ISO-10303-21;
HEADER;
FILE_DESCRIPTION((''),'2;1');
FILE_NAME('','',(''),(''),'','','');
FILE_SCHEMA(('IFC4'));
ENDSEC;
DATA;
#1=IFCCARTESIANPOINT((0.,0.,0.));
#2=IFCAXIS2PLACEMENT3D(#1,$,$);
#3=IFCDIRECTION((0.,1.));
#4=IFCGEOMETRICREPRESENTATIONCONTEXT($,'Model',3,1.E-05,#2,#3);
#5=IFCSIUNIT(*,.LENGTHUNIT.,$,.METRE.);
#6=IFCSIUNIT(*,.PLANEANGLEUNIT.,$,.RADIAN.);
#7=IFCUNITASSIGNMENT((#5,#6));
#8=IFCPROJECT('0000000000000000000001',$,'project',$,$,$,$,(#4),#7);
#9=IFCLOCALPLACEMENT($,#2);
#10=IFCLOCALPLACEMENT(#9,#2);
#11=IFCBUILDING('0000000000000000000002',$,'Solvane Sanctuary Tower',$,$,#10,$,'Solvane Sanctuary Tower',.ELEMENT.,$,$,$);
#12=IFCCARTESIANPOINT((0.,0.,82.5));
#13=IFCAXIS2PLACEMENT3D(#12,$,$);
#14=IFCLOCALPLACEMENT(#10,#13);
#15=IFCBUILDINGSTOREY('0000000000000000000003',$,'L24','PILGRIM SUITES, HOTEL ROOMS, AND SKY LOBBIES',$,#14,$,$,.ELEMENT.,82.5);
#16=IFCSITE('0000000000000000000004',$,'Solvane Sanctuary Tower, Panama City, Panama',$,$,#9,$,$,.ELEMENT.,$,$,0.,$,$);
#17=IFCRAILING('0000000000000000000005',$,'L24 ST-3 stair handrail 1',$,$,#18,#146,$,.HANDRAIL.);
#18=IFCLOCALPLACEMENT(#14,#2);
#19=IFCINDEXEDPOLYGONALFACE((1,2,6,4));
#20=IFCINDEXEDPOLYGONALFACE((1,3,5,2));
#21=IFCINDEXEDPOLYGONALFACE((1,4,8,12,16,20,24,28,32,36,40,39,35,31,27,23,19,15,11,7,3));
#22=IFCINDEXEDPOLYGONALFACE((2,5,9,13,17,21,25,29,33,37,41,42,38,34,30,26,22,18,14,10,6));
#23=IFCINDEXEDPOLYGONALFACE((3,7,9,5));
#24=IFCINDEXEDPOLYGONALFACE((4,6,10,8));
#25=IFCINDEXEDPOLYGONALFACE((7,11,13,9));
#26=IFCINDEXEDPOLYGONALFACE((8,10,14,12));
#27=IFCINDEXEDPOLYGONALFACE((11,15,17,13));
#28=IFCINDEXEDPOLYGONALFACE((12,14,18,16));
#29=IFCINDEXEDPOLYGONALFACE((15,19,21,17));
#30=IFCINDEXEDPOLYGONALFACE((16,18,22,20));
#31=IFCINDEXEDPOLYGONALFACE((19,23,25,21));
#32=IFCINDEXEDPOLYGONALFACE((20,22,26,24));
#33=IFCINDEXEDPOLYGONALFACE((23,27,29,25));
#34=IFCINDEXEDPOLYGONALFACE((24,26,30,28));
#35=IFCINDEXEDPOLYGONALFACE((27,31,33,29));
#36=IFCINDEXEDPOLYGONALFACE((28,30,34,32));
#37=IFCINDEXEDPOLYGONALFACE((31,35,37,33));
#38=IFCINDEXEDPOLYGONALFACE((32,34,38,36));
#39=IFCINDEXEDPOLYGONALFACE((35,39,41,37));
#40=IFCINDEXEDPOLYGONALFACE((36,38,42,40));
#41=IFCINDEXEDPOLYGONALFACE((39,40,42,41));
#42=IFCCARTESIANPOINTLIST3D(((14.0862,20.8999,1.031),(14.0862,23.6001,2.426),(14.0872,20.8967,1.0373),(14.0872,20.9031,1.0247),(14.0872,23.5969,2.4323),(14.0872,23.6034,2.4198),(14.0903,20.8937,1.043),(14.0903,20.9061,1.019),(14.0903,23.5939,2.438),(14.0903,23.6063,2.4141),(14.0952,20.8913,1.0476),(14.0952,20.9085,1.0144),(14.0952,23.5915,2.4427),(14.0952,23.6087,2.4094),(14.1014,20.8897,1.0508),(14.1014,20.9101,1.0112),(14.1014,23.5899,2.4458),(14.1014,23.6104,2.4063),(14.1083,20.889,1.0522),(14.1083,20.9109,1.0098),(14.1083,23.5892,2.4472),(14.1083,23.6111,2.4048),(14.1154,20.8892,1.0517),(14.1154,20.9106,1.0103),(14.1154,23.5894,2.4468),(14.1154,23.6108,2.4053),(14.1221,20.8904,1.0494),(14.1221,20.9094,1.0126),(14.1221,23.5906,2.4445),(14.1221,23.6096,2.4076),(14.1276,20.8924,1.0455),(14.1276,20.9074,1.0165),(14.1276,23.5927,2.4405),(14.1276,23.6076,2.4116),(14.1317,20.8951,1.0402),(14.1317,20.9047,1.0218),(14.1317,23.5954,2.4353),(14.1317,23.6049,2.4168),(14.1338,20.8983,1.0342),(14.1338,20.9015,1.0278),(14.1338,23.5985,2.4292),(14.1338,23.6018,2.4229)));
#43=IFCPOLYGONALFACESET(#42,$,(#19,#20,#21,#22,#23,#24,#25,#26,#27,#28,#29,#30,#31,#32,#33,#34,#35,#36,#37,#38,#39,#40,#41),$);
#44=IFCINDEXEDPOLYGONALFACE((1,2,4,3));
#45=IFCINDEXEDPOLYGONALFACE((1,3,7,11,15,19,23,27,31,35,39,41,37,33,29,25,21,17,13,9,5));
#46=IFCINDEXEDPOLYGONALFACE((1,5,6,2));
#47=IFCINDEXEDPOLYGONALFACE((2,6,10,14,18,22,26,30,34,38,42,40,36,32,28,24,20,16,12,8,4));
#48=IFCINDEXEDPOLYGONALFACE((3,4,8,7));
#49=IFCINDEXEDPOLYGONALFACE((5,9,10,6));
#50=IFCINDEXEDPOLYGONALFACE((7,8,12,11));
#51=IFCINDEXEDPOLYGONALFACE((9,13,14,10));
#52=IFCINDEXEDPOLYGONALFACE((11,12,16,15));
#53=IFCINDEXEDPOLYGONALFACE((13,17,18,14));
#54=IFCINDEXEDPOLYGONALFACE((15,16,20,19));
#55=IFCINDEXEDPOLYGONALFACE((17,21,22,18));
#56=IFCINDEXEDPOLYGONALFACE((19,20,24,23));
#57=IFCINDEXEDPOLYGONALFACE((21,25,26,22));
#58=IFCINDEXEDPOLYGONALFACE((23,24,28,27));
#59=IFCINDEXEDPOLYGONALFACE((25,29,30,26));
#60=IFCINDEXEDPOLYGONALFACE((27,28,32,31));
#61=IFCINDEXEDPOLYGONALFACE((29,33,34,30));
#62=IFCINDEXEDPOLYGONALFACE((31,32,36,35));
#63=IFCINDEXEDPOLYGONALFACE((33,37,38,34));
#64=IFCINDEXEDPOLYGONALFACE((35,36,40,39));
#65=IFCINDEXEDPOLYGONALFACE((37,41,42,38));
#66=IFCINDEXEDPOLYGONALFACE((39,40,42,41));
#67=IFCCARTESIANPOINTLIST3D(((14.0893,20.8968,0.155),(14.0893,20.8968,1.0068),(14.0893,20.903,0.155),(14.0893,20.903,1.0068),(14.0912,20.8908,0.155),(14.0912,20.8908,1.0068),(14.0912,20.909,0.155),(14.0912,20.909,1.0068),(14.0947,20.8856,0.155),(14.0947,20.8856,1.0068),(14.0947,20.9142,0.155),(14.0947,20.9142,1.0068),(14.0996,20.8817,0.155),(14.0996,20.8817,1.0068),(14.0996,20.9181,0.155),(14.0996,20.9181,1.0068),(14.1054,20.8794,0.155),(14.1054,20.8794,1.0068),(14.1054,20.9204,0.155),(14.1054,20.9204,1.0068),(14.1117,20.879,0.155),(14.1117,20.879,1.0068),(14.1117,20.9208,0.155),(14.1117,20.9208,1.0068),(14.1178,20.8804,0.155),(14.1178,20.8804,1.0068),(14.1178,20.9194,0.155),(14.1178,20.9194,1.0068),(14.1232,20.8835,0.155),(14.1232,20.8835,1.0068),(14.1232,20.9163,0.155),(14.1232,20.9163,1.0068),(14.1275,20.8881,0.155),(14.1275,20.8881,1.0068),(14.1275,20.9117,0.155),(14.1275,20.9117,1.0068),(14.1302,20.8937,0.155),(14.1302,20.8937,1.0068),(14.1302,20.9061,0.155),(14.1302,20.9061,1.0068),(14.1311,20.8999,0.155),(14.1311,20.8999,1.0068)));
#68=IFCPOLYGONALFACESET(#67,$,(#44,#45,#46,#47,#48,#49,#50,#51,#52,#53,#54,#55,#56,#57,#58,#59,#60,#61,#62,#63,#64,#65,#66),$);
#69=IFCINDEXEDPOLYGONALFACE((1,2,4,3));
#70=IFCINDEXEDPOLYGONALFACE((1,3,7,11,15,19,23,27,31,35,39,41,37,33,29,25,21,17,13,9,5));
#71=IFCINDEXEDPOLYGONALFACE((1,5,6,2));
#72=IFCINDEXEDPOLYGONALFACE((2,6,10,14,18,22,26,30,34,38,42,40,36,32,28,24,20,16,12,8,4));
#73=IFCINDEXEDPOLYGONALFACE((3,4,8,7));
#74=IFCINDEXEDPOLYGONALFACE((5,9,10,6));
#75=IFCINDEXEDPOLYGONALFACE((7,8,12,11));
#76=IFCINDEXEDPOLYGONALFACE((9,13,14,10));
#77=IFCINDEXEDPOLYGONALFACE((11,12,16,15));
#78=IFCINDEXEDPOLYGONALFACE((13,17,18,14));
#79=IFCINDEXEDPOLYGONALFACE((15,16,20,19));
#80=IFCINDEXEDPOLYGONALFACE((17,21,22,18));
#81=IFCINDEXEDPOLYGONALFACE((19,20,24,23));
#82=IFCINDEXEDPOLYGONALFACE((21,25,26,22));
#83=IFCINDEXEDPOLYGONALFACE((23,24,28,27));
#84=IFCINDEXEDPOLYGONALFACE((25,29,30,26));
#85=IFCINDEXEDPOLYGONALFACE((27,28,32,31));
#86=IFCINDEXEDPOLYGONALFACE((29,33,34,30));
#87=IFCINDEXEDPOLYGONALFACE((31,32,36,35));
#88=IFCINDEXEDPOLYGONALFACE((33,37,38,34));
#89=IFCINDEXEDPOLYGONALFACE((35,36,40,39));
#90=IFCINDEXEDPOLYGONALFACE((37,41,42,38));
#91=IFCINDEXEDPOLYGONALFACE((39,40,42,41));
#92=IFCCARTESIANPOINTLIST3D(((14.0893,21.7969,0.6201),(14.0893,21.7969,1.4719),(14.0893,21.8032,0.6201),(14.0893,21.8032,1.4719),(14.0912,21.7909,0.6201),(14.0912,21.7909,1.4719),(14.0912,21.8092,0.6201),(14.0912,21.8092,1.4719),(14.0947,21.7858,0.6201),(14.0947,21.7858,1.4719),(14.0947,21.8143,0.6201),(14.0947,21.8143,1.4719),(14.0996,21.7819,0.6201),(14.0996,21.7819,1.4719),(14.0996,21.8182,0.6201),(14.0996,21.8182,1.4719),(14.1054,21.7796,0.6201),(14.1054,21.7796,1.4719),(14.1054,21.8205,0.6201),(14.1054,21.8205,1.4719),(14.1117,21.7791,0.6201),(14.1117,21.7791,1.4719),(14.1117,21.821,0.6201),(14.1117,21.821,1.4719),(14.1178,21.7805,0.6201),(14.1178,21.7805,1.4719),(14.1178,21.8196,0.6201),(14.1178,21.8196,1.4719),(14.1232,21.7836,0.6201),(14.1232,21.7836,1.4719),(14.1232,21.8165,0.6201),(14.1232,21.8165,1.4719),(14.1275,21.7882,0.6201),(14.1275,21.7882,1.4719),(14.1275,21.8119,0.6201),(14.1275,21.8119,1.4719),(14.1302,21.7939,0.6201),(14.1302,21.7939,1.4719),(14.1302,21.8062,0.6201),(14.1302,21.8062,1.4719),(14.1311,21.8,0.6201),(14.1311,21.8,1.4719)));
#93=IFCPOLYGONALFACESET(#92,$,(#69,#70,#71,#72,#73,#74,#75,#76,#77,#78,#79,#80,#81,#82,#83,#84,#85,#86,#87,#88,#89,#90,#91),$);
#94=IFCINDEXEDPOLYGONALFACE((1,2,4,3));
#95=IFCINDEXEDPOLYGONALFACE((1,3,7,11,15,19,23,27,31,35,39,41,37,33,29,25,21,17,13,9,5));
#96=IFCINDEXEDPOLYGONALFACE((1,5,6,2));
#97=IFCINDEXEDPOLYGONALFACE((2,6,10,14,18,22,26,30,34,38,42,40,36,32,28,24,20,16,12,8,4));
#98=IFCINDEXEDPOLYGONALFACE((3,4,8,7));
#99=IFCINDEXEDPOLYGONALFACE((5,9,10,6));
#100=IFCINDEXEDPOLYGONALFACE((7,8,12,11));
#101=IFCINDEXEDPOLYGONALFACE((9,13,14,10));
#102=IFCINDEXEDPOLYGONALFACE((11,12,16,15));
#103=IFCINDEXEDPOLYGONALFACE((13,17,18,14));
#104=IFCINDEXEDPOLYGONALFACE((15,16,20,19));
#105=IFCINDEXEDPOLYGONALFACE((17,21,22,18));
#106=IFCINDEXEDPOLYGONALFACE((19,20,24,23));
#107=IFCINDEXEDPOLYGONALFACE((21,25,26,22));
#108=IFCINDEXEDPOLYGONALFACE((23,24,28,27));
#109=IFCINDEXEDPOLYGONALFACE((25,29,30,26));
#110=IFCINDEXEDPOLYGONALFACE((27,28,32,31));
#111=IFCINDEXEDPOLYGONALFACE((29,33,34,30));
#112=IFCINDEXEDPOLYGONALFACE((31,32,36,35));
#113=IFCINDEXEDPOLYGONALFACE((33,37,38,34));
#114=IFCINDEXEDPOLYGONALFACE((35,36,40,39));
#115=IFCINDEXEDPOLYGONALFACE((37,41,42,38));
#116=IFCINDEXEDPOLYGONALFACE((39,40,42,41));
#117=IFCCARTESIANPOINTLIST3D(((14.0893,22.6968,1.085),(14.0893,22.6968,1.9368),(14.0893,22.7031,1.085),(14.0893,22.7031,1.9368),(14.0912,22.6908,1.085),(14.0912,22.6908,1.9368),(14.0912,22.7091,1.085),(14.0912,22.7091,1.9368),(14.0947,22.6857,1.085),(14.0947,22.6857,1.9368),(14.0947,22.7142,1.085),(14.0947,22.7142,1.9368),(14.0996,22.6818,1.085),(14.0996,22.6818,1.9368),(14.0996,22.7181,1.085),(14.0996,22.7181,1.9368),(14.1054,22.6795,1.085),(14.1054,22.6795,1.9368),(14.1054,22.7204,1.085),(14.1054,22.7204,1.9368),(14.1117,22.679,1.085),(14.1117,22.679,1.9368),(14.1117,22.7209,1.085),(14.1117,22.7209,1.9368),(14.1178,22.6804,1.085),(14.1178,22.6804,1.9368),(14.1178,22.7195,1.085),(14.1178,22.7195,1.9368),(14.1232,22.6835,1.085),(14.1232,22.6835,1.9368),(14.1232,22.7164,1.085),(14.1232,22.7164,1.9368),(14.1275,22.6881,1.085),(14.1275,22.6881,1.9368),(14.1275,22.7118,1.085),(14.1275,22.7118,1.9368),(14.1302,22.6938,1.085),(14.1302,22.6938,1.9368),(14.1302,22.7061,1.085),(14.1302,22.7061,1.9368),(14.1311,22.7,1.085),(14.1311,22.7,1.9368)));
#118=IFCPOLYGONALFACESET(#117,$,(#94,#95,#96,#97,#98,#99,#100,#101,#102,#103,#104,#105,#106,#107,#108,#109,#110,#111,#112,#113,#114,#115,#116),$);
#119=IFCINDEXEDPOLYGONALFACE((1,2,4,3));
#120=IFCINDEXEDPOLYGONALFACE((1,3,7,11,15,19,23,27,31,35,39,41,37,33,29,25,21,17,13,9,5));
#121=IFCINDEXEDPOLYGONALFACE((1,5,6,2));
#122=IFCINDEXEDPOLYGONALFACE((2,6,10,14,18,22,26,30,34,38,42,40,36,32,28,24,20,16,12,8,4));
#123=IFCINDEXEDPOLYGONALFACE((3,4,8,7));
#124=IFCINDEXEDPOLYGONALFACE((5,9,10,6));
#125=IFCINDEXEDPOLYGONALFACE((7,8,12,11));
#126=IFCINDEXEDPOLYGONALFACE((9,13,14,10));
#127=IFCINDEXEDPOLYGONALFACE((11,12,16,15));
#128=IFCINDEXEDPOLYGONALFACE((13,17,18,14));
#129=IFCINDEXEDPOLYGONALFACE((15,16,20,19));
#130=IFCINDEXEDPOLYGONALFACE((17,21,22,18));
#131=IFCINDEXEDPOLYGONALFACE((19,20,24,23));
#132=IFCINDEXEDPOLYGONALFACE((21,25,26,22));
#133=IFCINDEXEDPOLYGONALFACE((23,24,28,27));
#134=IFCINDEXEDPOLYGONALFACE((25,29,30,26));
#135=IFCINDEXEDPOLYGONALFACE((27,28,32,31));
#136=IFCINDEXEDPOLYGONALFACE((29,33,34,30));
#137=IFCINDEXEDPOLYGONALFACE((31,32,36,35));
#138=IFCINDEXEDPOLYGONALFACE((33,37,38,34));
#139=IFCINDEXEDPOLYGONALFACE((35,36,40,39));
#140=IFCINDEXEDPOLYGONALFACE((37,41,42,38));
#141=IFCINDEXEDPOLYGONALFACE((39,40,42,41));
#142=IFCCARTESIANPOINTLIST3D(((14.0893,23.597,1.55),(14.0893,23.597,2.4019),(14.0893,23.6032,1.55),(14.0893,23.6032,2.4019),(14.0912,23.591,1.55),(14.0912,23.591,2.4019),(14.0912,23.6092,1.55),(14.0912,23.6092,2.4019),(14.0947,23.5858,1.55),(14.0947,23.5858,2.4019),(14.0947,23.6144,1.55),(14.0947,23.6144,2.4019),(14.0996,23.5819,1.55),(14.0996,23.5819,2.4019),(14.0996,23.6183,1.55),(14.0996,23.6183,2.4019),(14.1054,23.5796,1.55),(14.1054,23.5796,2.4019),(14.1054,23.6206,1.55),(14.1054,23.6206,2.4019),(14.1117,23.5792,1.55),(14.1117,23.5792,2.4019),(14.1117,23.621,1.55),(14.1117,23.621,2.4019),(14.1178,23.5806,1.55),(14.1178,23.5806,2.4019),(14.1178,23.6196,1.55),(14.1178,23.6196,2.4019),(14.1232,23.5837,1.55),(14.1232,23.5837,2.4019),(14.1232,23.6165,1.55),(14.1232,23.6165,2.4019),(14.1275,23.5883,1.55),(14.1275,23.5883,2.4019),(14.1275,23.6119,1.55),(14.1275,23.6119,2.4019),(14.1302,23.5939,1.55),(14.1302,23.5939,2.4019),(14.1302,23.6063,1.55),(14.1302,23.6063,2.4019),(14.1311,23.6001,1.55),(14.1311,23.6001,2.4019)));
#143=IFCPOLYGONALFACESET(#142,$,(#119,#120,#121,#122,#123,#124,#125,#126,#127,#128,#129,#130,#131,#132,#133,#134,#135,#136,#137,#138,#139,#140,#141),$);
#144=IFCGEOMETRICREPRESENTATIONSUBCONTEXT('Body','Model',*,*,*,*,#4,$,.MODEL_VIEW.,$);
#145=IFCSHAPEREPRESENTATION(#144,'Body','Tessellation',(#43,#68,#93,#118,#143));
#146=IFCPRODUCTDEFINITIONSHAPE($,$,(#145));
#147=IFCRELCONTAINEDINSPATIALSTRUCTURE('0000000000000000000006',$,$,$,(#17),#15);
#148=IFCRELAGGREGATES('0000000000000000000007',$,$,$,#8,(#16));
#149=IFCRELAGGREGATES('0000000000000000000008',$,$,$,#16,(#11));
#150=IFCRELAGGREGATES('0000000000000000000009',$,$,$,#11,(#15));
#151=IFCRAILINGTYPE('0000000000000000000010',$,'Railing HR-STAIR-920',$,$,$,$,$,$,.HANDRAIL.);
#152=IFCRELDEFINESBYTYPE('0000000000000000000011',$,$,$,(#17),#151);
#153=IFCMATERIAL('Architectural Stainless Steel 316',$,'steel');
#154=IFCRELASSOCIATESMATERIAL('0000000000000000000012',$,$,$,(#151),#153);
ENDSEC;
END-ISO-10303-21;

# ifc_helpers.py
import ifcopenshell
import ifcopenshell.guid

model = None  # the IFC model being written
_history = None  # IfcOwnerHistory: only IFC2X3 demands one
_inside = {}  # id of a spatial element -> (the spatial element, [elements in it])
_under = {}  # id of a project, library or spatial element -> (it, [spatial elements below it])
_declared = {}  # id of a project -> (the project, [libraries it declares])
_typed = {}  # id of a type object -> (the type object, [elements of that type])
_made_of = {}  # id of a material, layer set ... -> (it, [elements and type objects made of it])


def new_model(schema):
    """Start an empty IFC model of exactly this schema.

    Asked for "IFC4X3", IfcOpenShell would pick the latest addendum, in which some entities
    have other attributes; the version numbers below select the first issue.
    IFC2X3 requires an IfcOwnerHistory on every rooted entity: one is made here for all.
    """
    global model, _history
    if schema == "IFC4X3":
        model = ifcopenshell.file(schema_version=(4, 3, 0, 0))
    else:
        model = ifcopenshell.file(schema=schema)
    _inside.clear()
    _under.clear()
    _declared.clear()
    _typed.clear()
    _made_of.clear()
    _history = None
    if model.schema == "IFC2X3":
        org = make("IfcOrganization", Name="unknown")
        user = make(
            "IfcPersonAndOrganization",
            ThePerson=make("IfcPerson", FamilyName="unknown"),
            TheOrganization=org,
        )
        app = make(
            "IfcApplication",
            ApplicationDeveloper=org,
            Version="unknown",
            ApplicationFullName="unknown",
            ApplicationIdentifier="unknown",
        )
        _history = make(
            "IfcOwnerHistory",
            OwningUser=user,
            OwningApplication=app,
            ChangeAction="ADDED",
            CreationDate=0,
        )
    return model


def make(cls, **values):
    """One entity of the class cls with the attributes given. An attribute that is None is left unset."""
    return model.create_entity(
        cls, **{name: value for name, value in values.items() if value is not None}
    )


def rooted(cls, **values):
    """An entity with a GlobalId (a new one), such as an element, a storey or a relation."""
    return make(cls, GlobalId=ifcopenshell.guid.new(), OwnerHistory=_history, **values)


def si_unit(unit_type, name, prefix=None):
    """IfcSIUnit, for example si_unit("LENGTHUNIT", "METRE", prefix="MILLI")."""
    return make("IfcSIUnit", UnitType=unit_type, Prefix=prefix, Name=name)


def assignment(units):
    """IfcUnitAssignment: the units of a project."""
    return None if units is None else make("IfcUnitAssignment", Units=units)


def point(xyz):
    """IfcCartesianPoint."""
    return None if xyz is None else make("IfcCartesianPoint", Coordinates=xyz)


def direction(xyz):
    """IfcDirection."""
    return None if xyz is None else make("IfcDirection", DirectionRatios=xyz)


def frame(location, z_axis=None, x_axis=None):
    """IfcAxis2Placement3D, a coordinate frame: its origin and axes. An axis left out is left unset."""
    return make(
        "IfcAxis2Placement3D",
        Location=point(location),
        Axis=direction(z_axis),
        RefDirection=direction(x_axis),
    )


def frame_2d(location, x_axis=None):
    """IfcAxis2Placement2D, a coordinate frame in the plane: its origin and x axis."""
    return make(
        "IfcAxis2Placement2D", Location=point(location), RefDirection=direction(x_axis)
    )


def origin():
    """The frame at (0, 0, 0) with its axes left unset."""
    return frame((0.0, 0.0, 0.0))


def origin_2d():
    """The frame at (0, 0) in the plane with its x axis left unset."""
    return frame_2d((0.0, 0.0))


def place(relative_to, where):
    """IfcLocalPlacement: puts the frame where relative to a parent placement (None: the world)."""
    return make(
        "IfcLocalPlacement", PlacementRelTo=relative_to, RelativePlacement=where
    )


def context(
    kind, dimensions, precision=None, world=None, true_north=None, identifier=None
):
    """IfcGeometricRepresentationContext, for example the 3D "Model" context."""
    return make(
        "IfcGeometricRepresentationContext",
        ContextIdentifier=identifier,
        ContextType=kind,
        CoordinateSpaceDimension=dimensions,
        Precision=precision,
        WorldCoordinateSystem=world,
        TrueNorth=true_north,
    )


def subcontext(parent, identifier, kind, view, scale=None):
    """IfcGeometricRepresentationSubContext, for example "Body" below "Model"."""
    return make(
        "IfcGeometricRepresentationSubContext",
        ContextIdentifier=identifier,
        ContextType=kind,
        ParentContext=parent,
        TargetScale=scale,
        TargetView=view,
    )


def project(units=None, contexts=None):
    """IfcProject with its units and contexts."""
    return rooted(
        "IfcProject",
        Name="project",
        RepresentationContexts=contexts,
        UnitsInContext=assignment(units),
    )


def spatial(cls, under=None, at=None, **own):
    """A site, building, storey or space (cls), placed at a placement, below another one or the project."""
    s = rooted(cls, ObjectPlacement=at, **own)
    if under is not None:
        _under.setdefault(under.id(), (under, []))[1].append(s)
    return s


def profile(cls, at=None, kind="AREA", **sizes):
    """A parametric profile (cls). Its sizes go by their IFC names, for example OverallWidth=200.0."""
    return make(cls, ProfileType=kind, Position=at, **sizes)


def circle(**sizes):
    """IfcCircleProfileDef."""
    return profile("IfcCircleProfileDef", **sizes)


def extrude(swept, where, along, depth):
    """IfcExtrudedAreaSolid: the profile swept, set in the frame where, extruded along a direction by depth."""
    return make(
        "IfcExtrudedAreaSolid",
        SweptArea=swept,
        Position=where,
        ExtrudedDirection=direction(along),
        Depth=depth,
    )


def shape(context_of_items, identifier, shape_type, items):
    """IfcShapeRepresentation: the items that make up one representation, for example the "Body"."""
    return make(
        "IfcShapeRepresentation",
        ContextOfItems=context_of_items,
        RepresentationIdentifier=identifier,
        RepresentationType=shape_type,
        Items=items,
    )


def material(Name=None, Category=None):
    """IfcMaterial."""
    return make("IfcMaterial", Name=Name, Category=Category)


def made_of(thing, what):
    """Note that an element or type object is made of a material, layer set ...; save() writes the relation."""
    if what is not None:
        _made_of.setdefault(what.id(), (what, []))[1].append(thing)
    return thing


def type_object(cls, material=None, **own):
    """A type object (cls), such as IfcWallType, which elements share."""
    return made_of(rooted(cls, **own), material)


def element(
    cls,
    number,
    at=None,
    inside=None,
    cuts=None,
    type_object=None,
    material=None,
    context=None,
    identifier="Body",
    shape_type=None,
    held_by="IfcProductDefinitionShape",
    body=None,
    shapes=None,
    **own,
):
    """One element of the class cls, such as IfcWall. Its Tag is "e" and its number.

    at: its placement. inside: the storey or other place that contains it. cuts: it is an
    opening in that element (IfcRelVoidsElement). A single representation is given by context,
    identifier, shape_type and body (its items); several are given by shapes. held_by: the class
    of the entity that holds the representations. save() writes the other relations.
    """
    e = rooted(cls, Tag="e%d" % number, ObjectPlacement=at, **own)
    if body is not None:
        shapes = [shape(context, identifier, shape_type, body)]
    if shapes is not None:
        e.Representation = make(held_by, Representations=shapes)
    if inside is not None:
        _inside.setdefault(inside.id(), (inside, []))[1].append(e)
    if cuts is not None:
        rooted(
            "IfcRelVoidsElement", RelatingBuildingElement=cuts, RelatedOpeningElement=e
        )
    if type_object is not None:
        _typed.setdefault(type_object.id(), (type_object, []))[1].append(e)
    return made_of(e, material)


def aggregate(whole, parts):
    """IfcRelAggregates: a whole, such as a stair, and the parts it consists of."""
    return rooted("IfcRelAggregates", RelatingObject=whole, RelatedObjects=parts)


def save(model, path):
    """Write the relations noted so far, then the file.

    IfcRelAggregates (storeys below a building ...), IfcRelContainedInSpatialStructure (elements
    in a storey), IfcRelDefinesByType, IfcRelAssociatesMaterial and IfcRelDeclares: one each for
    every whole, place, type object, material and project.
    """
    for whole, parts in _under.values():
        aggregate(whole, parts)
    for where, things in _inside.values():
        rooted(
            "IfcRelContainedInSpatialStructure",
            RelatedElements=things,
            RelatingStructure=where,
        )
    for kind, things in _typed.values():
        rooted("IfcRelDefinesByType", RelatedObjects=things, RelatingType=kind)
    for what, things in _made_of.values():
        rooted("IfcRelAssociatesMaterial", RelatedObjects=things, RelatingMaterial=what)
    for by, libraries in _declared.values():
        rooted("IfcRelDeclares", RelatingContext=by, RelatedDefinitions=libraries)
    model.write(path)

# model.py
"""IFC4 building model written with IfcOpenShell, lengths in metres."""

from ifc_helpers import new_model, si_unit, direction, frame, origin, origin_2d, place, context, subcontext, project, spatial, circle, extrude, material, type_object, element, save


model = new_model("IFC4")

# Units and contexts
model_context = context("Model", 3, precision=1e-05, world=origin(), true_north=direction((0.0, 1.0)))
body_context = subcontext(model_context, "Body", "Model", "MODEL_VIEW")
ifc_project = project(units=[si_unit("LENGTHUNIT", "METRE"), si_unit("PLANEANGLEUNIT", "RADIAN")], contexts=[model_context])

# Site, building, storey
site_placement = place(None, origin())
site = spatial("IfcSite", under=ifc_project, at=site_placement, Name="Solvane Sanctuary Tower, Panama City, Panama", CompositionType="ELEMENT", RefElevation=0.0)
building_placement = place(site_placement, origin())
building = spatial("IfcBuilding", under=site, at=building_placement, Name="Solvane Sanctuary Tower", LongName="Solvane Sanctuary Tower", CompositionType="ELEMENT")
storey_placement = place(building_placement, frame((0.0, 0.0, 82.5)))
storey = spatial("IfcBuildingStorey", under=building, at=storey_placement, Name="L24", Description="PILGRIM SUITES, HOTEL ROOMS, AND SKY LOBBIES", CompositionType="ELEMENT", Elevation=82.5)

# Shared definitions
ifc_material_1 = material(Name="Architectural Stainless Steel 316", Category="steel")

# Railing
railing_type_1 = type_object("IfcRailingType", Name="Railing HR-STAIR-920", PredefinedType="HANDRAIL", material=ifc_material_1)
railing_1_placement = place(storey_placement, frame((14.1101, 20.8999, 0.155)))
element("IfcRailing", 1, at=railing_1_placement, inside=storey, type_object=railing_type_1, Name="L24 ST-3 stair handrail 1", PredefinedType="HANDRAIL", context=body_context, shape_type="SweptSolid", body=[
    extrude(circle(Radius=0.0239, at=origin_2d()), frame((0.0, 0.0, 0.876), z_axis=(0.0, 0.888437, 0.458999), x_axis=(-1.0, 0.0, 0.0)), (0.0, 0.0, 1.0), 3.0393),
    extrude(circle(Radius=0.021, at=origin_2d()), origin(), (0.0, 0.0, 1.0), 0.8518),
    extrude(circle(Radius=0.021, at=origin_2d()), frame((0.0, 0.9001, 0.4651)), (0.0, 0.0, 1.0), 0.8518),
    extrude(circle(Radius=0.021, at=origin_2d()), frame((0.0, 1.8, 0.9299)), (0.0, 0.0, 1.0), 0.8518),
    extrude(circle(Radius=0.021, at=origin_2d()), frame((0.0, 2.7002, 1.395)), (0.0, 0.0, 1.0), 0.8518),
])

save(model, "model.ifc")
